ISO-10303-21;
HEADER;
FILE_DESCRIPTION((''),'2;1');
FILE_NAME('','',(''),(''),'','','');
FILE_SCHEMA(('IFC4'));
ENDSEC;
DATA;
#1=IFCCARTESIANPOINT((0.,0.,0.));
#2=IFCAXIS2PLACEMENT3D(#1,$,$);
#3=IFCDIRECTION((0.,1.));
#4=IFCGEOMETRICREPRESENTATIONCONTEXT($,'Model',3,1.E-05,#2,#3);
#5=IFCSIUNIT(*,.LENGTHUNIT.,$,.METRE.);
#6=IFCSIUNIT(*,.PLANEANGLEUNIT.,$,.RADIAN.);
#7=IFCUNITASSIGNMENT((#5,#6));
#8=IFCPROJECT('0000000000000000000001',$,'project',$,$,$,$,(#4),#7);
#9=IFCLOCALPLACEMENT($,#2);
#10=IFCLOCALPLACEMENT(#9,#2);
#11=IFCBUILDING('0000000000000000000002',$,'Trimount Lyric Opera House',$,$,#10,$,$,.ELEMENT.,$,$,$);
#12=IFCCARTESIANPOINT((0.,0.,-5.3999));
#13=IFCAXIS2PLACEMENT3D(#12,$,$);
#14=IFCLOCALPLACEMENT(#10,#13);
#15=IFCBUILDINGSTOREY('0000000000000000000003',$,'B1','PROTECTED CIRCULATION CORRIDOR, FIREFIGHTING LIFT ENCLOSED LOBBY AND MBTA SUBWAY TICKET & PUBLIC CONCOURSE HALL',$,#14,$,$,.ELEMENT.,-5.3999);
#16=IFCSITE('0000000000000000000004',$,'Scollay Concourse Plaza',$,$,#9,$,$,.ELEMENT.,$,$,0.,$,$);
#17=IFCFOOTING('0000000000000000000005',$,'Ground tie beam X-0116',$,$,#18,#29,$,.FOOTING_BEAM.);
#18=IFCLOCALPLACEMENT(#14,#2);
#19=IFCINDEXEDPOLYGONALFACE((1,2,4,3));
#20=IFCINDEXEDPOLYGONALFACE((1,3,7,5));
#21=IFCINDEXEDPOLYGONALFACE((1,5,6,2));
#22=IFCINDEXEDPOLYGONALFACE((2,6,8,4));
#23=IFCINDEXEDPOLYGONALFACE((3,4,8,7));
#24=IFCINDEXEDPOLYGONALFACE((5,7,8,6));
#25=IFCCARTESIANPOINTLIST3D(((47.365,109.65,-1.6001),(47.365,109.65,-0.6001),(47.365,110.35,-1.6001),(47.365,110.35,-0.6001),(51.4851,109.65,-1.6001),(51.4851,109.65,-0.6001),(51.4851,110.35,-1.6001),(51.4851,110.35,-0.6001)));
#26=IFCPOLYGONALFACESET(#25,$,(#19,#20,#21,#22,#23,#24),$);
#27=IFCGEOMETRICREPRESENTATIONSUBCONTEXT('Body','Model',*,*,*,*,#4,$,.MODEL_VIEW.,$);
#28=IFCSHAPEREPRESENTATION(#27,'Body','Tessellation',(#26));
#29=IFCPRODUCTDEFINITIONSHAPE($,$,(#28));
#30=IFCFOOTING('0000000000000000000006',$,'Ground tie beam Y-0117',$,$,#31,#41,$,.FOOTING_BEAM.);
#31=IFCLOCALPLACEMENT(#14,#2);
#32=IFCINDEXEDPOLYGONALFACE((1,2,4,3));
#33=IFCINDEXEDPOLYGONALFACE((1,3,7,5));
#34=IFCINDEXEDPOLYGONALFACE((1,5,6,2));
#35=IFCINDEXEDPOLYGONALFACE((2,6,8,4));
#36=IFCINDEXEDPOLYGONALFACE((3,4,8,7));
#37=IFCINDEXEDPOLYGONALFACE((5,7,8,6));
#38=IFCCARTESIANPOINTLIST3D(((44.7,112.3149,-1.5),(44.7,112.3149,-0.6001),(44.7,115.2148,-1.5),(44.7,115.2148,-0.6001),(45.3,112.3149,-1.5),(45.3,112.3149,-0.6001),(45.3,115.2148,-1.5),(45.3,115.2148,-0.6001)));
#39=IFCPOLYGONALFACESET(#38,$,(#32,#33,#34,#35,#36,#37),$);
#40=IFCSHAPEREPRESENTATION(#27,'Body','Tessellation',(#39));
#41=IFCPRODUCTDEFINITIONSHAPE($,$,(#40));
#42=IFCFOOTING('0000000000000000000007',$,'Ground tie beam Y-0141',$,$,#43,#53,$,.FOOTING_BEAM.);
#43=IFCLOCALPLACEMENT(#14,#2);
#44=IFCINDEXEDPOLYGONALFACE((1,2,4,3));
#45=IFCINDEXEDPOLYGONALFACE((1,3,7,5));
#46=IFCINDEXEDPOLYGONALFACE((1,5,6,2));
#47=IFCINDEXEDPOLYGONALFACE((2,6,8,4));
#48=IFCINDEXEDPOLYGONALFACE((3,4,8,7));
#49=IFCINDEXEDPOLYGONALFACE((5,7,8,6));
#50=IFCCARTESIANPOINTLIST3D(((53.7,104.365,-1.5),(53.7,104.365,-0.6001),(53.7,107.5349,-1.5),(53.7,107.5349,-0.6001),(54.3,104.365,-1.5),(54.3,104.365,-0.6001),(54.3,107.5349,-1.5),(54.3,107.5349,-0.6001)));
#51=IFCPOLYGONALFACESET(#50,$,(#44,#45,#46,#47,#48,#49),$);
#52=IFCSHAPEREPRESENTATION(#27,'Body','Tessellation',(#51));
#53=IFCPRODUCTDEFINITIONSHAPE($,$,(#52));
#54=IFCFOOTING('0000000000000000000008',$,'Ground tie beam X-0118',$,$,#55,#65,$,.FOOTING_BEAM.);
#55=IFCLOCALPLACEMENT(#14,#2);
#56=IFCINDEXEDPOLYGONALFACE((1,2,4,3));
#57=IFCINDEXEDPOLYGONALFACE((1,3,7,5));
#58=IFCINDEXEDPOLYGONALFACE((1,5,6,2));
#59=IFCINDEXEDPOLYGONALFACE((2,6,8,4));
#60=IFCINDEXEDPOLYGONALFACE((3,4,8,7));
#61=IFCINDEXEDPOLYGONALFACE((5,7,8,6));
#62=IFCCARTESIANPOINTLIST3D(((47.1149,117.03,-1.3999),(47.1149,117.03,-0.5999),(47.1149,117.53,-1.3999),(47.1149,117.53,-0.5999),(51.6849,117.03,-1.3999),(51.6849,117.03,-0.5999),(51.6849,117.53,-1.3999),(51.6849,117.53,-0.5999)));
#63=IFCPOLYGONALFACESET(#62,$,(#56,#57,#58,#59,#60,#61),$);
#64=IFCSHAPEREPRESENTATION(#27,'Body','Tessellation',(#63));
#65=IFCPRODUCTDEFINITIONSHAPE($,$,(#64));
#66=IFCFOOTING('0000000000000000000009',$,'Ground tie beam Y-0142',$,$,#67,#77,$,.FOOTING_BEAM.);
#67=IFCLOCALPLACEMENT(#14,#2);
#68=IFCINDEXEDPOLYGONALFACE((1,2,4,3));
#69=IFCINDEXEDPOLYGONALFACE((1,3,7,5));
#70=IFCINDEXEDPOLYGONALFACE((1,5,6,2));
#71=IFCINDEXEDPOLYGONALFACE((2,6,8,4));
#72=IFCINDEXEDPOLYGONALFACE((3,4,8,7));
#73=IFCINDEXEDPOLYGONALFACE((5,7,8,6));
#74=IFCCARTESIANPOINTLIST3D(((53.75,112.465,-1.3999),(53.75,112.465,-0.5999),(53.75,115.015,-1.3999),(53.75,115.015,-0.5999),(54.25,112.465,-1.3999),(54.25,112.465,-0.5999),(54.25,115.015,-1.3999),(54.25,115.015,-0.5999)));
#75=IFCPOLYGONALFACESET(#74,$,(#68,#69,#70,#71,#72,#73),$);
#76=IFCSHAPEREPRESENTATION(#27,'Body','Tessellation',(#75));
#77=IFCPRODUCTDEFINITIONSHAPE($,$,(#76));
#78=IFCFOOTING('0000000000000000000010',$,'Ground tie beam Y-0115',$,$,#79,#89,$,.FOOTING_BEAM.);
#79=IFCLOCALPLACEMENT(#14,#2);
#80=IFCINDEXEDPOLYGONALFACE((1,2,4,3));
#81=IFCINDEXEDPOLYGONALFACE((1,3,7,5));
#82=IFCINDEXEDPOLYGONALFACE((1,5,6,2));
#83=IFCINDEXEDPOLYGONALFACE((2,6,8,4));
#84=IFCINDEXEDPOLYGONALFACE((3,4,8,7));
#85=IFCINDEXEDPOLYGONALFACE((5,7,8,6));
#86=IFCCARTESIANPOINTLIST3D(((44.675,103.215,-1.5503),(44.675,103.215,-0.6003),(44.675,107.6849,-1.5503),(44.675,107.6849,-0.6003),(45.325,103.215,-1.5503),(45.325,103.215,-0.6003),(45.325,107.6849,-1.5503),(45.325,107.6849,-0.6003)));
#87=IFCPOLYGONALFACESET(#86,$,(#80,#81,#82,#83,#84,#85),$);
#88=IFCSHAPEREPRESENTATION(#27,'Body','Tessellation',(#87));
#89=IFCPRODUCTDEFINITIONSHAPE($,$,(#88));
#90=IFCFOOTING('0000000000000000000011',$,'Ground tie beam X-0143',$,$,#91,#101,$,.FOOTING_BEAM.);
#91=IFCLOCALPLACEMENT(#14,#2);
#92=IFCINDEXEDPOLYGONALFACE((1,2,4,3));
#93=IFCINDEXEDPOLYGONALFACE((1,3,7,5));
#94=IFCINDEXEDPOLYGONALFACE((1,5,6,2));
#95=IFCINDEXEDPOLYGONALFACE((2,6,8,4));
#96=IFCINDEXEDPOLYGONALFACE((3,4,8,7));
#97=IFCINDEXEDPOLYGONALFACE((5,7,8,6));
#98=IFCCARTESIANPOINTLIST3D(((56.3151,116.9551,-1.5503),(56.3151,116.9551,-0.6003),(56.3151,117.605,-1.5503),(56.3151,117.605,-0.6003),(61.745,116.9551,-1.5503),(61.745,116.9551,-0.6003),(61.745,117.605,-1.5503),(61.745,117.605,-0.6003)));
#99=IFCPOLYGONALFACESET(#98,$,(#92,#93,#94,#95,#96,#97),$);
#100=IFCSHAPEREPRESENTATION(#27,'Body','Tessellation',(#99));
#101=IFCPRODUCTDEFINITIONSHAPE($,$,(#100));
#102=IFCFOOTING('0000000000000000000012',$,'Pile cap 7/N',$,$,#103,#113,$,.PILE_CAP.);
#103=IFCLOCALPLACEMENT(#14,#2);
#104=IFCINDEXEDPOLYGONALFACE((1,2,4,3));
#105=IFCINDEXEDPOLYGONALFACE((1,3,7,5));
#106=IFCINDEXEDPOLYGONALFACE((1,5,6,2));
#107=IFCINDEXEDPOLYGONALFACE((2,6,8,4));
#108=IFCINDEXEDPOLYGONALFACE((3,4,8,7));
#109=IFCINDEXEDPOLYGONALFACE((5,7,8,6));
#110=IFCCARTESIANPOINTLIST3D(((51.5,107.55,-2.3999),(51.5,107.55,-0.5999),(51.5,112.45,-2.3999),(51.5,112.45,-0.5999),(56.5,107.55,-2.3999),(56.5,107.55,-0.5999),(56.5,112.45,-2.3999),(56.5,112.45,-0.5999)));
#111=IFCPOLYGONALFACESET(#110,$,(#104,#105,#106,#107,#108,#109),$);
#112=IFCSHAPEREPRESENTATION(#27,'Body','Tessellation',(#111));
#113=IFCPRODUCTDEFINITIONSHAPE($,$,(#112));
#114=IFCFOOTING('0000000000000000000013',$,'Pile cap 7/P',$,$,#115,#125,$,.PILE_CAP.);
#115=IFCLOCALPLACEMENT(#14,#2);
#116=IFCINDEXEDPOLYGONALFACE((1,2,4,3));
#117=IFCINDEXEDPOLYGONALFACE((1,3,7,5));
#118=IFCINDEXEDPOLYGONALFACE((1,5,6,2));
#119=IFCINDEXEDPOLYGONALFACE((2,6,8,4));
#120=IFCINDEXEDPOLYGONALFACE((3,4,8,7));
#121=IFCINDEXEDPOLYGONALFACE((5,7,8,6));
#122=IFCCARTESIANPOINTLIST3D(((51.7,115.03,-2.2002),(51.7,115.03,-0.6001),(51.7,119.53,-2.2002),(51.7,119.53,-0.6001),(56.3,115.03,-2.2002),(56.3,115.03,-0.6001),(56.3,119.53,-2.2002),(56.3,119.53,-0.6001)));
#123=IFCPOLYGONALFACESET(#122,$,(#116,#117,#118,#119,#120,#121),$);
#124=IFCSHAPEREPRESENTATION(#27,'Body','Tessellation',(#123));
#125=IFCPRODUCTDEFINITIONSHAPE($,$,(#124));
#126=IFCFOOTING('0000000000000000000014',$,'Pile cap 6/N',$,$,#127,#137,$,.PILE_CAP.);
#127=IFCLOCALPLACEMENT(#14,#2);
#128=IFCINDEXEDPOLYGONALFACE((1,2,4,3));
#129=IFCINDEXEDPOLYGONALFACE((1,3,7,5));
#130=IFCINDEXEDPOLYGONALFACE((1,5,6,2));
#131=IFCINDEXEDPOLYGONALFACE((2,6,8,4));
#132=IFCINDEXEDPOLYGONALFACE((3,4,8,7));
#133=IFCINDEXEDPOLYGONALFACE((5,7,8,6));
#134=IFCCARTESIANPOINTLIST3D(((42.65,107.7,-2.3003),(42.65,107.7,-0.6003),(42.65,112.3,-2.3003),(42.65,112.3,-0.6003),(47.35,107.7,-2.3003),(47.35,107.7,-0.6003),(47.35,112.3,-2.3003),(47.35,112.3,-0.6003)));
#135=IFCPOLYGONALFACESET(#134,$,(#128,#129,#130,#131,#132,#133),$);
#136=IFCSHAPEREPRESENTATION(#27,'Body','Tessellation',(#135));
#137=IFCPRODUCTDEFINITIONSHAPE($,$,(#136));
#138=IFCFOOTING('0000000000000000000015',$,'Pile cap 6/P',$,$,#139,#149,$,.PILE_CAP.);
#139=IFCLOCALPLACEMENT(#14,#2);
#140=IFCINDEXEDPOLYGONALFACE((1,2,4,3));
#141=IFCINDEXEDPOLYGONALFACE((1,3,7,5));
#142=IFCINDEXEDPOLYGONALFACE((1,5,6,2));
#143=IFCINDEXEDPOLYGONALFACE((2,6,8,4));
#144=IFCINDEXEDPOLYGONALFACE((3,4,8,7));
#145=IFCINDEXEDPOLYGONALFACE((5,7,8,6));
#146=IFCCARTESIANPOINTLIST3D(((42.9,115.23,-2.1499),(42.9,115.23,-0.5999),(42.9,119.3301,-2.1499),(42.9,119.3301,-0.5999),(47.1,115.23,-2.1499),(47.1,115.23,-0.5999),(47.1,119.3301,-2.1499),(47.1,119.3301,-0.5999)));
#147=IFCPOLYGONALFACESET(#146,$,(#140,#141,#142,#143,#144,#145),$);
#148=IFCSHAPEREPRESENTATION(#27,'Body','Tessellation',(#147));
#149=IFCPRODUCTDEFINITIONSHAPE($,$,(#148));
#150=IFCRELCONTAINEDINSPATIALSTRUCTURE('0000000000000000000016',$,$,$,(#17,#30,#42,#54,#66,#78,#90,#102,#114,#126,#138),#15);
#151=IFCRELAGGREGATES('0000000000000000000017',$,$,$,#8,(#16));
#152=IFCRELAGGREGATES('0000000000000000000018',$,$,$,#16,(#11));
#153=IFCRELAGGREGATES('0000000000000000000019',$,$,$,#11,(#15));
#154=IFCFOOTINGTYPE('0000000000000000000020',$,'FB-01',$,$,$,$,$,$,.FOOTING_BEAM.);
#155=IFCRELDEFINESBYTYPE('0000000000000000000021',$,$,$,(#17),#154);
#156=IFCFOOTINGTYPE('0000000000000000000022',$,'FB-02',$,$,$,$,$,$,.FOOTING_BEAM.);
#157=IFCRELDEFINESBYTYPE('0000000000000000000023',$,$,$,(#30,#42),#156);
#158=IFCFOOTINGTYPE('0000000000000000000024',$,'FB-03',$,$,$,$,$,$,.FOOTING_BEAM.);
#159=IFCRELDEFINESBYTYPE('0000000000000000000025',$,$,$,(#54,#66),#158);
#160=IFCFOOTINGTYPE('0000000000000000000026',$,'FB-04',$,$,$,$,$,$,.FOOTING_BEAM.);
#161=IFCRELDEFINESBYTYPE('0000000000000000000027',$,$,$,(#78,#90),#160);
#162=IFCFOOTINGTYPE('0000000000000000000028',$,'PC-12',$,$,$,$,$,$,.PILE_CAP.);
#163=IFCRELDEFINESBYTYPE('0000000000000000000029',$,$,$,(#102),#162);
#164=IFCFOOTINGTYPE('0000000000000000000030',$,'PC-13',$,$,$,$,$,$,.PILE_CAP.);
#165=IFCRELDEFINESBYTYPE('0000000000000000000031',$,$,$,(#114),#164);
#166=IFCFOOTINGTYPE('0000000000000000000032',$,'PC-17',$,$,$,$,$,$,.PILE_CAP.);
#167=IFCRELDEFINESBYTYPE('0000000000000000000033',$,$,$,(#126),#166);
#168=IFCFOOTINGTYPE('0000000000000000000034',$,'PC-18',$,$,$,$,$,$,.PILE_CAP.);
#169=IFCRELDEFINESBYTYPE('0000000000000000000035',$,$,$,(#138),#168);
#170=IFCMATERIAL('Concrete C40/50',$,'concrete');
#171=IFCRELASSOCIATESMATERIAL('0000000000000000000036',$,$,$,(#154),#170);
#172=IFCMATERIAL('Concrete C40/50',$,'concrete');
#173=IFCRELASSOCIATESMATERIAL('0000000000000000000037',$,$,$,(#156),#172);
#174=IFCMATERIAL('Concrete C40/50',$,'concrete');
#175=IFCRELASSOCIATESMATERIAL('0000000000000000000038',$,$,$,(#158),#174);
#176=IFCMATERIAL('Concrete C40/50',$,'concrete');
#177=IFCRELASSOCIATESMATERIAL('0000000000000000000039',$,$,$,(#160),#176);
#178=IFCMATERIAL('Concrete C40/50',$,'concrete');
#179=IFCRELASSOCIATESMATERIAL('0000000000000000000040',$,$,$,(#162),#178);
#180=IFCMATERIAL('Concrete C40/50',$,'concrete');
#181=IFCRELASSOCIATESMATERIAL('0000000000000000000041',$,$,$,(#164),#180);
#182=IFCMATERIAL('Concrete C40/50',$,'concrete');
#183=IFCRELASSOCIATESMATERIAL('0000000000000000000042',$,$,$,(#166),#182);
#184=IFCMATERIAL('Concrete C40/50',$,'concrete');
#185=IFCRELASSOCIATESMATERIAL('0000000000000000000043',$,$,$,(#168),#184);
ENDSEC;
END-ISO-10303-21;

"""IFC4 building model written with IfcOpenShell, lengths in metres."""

from ifc_helpers import new_model, si_unit, direction, frame, origin, origin_2d, place, context, subcontext, project, spatial, rectangle, extrude, material, type_object, element, save


model = new_model("IFC4")

# Units and contexts
model_context = context("Model", 3, precision=1e-05, world=origin(), true_north=direction((0.0, 1.0)))
body_context = subcontext(model_context, "Body", "Model", "MODEL_VIEW")
ifc_project = project(units=[si_unit("LENGTHUNIT", "METRE"), si_unit("PLANEANGLEUNIT", "RADIAN")], contexts=[model_context])

# Site, building, storey
site_placement = place(None, origin())
site = spatial("IfcSite", under=ifc_project, at=site_placement, Name="Scollay Concourse Plaza", CompositionType="ELEMENT", RefElevation=0.0)
building_placement = place(site_placement, origin())
building = spatial("IfcBuilding", under=site, at=building_placement, Name="Trimount Lyric Opera House", CompositionType="ELEMENT")
storey_placement = place(building_placement, frame((0.0, 0.0, -5.3999)))
storey = spatial("IfcBuildingStorey", under=building, at=storey_placement, Name="B1", Description="PROTECTED CIRCULATION CORRIDOR, FIREFIGHTING LIFT ENCLOSED LOBBY AND MBTA SUBWAY TICKET & PUBLIC CONCOURSE HALL", CompositionType="ELEMENT", Elevation=-5.3999)

# Footings
ifc_material_1 = material(Name="Concrete C40/50", Category="concrete")
footing_type_1 = type_object("IfcFootingType", Name="FB-01", PredefinedType="FOOTING_BEAM", material=ifc_material_1)
footing_1_placement = place(storey_placement, frame((49.425, 110.0, -1.6001), z_axis=(0.0, 0.0, 1.0), x_axis=(1.0, 0.0, 0.0)))
element("IfcFooting", 1, at=footing_1_placement, inside=storey, type_object=footing_type_1, Name="Ground tie beam X-0116", PredefinedType="FOOTING_BEAM", context=body_context, shape_type="SweptSolid", body=[
    extrude(rectangle(XDim=4.1201, YDim=0.7, at=origin_2d()), origin(), (0.0, 0.0, 1.0), 1.0),
])
ifc_material_2 = material(Name="Concrete C40/50", Category="concrete")
footing_type_2 = type_object("IfcFootingType", Name="FB-02", PredefinedType="FOOTING_BEAM", material=ifc_material_2)
footing_2_placement = place(storey_placement, frame((45.0, 113.7649, -1.5), z_axis=(0.0, 0.0, 1.0), x_axis=(1.0, 0.0, 0.0)))
element("IfcFooting", 2, at=footing_2_placement, inside=storey, type_object=footing_type_2, Name="Ground tie beam Y-0117", PredefinedType="FOOTING_BEAM", context=body_context, shape_type="SweptSolid", body=[
    extrude(rectangle(XDim=0.6001, YDim=2.8999, at=origin_2d()), origin(), (0.0, 0.0, 1.0), 0.8999),
])
footing_3_placement = place(storey_placement, frame((54.0, 105.95, -1.5), z_axis=(0.0, 0.0, 1.0), x_axis=(1.0, 0.0, 0.0)))
element("IfcFooting", 3, at=footing_3_placement, inside=storey, type_object=footing_type_2, Name="Ground tie beam Y-0141", PredefinedType="FOOTING_BEAM", context=body_context, shape_type="SweptSolid", body=[
    extrude(rectangle(XDim=0.6001, YDim=3.1699, at=origin_2d()), origin(), (0.0, 0.0, 1.0), 0.8999),
])
ifc_material_3 = material(Name="Concrete C40/50", Category="concrete")
footing_type_3 = type_object("IfcFootingType", Name="FB-03", PredefinedType="FOOTING_BEAM", material=ifc_material_3)
footing_4_placement = place(storey_placement, frame((49.3999, 117.28, -1.3999), z_axis=(0.0, 0.0, 1.0), x_axis=(1.0, 0.0, 0.0)))
element("IfcFooting", 4, at=footing_4_placement, inside=storey, type_object=footing_type_3, Name="Ground tie beam X-0118", PredefinedType="FOOTING_BEAM", context=body_context, shape_type="SweptSolid", body=[
    extrude(rectangle(XDim=4.5701, YDim=0.5, at=origin_2d()), origin(), (0.0, 0.0, 1.0), 0.8),
])
footing_5_placement = place(storey_placement, frame((54.0, 113.74, -1.3999), z_axis=(0.0, 0.0, 1.0), x_axis=(1.0, 0.0, 0.0)))
element("IfcFooting", 5, at=footing_5_placement, inside=storey, type_object=footing_type_3, Name="Ground tie beam Y-0142", PredefinedType="FOOTING_BEAM", context=body_context, shape_type="SweptSolid", body=[
    extrude(rectangle(XDim=0.5, YDim=2.55, at=origin_2d()), origin(), (0.0, 0.0, 1.0), 0.8),
])
ifc_material_4 = material(Name="Concrete C40/50", Category="concrete")
footing_type_4 = type_object("IfcFootingType", Name="FB-04", PredefinedType="FOOTING_BEAM", material=ifc_material_4)
footing_6_placement = place(storey_placement, frame((45.0, 105.45, -1.5503), z_axis=(0.0, 0.0, 1.0), x_axis=(1.0, 0.0, 0.0)))
element("IfcFooting", 6, at=footing_6_placement, inside=storey, type_object=footing_type_4, Name="Ground tie beam Y-0115", PredefinedType="FOOTING_BEAM", context=body_context, shape_type="SweptSolid", body=[
    extrude(rectangle(XDim=0.6499, YDim=4.47, at=origin_2d()), origin(), (0.0, 0.0, 1.0), 0.95),
])
footing_7_placement = place(storey_placement, frame((59.03, 117.28, -1.5503), z_axis=(0.0, 0.0, 1.0), x_axis=(1.0, 0.0, 0.0)))
element("IfcFooting", 7, at=footing_7_placement, inside=storey, type_object=footing_type_4, Name="Ground tie beam X-0143", PredefinedType="FOOTING_BEAM", context=body_context, shape_type="SweptSolid", body=[
    extrude(rectangle(XDim=5.4299, YDim=0.6499, at=origin_2d()), origin(), (0.0, 0.0, 1.0), 0.95),
])
ifc_material_5 = material(Name="Concrete C40/50", Category="concrete")
footing_type_5 = type_object("IfcFootingType", Name="PC-12", PredefinedType="PILE_CAP", material=ifc_material_5)
footing_8_placement = place(storey_placement, frame((54.0, 110.0, -2.3999), z_axis=(0.0, 0.0, 1.0), x_axis=(1.0, 0.0, 0.0)))
element("IfcFooting", 8, at=footing_8_placement, inside=storey, type_object=footing_type_5, Name="Pile cap 7/N", PredefinedType="PILE_CAP", context=body_context, shape_type="SweptSolid", body=[
    extrude(rectangle(XDim=5.0, YDim=4.8999, at=origin_2d()), origin(), (0.0, 0.0, 1.0), 1.8),
])
ifc_material_6 = material(Name="Concrete C40/50", Category="concrete")
footing_type_6 = type_object("IfcFootingType", Name="PC-13", PredefinedType="PILE_CAP", material=ifc_material_6)
footing_9_placement = place(storey_placement, frame((54.0, 117.28, -2.2002), z_axis=(0.0, 0.0, 1.0), x_axis=(1.0, 0.0, 0.0)))
element("IfcFooting", 9, at=footing_9_placement, inside=storey, type_object=footing_type_6, Name="Pile cap 7/P", PredefinedType="PILE_CAP", context=body_context, shape_type="SweptSolid", body=[
    extrude(rectangle(XDim=4.6001, YDim=4.5, at=origin_2d()), origin(), (0.0, 0.0, 1.0), 1.6001),
])
ifc_material_7 = material(Name="Concrete C40/50", Category="concrete")
footing_type_7 = type_object("IfcFootingType", Name="PC-17", PredefinedType="PILE_CAP", material=ifc_material_7)
footing_10_placement = place(storey_placement, frame((45.0, 110.0, -2.3003), z_axis=(0.0, 0.0, 1.0), x_axis=(1.0, 0.0, 0.0)))
element("IfcFooting", 10, at=footing_10_placement, inside=storey, type_object=footing_type_7, Name="Pile cap 6/N", PredefinedType="PILE_CAP", context=body_context, shape_type="SweptSolid", body=[
    extrude(rectangle(XDim=4.7, YDim=4.6001, at=origin_2d()), origin(), (0.0, 0.0, 1.0), 1.7),
])
ifc_material_8 = material(Name="Concrete C40/50", Category="concrete")
footing_type_8 = type_object("IfcFootingType", Name="PC-18", PredefinedType="PILE_CAP", material=ifc_material_8)
footing_11_placement = place(storey_placement, frame((45.0, 117.28, -2.1499), z_axis=(0.0, 0.0, 1.0), x_axis=(1.0, 0.0, 0.0)))
element("IfcFooting", 11, at=footing_11_placement, inside=storey, type_object=footing_type_8, Name="Pile cap 6/P", PredefinedType="PILE_CAP", context=body_context, shape_type="SweptSolid", body=[
    extrude(rectangle(XDim=4.2, YDim=4.1001, at=origin_2d()), origin(), (0.0, 0.0, 1.0), 1.55),
])

save(model, "model.ifc")
